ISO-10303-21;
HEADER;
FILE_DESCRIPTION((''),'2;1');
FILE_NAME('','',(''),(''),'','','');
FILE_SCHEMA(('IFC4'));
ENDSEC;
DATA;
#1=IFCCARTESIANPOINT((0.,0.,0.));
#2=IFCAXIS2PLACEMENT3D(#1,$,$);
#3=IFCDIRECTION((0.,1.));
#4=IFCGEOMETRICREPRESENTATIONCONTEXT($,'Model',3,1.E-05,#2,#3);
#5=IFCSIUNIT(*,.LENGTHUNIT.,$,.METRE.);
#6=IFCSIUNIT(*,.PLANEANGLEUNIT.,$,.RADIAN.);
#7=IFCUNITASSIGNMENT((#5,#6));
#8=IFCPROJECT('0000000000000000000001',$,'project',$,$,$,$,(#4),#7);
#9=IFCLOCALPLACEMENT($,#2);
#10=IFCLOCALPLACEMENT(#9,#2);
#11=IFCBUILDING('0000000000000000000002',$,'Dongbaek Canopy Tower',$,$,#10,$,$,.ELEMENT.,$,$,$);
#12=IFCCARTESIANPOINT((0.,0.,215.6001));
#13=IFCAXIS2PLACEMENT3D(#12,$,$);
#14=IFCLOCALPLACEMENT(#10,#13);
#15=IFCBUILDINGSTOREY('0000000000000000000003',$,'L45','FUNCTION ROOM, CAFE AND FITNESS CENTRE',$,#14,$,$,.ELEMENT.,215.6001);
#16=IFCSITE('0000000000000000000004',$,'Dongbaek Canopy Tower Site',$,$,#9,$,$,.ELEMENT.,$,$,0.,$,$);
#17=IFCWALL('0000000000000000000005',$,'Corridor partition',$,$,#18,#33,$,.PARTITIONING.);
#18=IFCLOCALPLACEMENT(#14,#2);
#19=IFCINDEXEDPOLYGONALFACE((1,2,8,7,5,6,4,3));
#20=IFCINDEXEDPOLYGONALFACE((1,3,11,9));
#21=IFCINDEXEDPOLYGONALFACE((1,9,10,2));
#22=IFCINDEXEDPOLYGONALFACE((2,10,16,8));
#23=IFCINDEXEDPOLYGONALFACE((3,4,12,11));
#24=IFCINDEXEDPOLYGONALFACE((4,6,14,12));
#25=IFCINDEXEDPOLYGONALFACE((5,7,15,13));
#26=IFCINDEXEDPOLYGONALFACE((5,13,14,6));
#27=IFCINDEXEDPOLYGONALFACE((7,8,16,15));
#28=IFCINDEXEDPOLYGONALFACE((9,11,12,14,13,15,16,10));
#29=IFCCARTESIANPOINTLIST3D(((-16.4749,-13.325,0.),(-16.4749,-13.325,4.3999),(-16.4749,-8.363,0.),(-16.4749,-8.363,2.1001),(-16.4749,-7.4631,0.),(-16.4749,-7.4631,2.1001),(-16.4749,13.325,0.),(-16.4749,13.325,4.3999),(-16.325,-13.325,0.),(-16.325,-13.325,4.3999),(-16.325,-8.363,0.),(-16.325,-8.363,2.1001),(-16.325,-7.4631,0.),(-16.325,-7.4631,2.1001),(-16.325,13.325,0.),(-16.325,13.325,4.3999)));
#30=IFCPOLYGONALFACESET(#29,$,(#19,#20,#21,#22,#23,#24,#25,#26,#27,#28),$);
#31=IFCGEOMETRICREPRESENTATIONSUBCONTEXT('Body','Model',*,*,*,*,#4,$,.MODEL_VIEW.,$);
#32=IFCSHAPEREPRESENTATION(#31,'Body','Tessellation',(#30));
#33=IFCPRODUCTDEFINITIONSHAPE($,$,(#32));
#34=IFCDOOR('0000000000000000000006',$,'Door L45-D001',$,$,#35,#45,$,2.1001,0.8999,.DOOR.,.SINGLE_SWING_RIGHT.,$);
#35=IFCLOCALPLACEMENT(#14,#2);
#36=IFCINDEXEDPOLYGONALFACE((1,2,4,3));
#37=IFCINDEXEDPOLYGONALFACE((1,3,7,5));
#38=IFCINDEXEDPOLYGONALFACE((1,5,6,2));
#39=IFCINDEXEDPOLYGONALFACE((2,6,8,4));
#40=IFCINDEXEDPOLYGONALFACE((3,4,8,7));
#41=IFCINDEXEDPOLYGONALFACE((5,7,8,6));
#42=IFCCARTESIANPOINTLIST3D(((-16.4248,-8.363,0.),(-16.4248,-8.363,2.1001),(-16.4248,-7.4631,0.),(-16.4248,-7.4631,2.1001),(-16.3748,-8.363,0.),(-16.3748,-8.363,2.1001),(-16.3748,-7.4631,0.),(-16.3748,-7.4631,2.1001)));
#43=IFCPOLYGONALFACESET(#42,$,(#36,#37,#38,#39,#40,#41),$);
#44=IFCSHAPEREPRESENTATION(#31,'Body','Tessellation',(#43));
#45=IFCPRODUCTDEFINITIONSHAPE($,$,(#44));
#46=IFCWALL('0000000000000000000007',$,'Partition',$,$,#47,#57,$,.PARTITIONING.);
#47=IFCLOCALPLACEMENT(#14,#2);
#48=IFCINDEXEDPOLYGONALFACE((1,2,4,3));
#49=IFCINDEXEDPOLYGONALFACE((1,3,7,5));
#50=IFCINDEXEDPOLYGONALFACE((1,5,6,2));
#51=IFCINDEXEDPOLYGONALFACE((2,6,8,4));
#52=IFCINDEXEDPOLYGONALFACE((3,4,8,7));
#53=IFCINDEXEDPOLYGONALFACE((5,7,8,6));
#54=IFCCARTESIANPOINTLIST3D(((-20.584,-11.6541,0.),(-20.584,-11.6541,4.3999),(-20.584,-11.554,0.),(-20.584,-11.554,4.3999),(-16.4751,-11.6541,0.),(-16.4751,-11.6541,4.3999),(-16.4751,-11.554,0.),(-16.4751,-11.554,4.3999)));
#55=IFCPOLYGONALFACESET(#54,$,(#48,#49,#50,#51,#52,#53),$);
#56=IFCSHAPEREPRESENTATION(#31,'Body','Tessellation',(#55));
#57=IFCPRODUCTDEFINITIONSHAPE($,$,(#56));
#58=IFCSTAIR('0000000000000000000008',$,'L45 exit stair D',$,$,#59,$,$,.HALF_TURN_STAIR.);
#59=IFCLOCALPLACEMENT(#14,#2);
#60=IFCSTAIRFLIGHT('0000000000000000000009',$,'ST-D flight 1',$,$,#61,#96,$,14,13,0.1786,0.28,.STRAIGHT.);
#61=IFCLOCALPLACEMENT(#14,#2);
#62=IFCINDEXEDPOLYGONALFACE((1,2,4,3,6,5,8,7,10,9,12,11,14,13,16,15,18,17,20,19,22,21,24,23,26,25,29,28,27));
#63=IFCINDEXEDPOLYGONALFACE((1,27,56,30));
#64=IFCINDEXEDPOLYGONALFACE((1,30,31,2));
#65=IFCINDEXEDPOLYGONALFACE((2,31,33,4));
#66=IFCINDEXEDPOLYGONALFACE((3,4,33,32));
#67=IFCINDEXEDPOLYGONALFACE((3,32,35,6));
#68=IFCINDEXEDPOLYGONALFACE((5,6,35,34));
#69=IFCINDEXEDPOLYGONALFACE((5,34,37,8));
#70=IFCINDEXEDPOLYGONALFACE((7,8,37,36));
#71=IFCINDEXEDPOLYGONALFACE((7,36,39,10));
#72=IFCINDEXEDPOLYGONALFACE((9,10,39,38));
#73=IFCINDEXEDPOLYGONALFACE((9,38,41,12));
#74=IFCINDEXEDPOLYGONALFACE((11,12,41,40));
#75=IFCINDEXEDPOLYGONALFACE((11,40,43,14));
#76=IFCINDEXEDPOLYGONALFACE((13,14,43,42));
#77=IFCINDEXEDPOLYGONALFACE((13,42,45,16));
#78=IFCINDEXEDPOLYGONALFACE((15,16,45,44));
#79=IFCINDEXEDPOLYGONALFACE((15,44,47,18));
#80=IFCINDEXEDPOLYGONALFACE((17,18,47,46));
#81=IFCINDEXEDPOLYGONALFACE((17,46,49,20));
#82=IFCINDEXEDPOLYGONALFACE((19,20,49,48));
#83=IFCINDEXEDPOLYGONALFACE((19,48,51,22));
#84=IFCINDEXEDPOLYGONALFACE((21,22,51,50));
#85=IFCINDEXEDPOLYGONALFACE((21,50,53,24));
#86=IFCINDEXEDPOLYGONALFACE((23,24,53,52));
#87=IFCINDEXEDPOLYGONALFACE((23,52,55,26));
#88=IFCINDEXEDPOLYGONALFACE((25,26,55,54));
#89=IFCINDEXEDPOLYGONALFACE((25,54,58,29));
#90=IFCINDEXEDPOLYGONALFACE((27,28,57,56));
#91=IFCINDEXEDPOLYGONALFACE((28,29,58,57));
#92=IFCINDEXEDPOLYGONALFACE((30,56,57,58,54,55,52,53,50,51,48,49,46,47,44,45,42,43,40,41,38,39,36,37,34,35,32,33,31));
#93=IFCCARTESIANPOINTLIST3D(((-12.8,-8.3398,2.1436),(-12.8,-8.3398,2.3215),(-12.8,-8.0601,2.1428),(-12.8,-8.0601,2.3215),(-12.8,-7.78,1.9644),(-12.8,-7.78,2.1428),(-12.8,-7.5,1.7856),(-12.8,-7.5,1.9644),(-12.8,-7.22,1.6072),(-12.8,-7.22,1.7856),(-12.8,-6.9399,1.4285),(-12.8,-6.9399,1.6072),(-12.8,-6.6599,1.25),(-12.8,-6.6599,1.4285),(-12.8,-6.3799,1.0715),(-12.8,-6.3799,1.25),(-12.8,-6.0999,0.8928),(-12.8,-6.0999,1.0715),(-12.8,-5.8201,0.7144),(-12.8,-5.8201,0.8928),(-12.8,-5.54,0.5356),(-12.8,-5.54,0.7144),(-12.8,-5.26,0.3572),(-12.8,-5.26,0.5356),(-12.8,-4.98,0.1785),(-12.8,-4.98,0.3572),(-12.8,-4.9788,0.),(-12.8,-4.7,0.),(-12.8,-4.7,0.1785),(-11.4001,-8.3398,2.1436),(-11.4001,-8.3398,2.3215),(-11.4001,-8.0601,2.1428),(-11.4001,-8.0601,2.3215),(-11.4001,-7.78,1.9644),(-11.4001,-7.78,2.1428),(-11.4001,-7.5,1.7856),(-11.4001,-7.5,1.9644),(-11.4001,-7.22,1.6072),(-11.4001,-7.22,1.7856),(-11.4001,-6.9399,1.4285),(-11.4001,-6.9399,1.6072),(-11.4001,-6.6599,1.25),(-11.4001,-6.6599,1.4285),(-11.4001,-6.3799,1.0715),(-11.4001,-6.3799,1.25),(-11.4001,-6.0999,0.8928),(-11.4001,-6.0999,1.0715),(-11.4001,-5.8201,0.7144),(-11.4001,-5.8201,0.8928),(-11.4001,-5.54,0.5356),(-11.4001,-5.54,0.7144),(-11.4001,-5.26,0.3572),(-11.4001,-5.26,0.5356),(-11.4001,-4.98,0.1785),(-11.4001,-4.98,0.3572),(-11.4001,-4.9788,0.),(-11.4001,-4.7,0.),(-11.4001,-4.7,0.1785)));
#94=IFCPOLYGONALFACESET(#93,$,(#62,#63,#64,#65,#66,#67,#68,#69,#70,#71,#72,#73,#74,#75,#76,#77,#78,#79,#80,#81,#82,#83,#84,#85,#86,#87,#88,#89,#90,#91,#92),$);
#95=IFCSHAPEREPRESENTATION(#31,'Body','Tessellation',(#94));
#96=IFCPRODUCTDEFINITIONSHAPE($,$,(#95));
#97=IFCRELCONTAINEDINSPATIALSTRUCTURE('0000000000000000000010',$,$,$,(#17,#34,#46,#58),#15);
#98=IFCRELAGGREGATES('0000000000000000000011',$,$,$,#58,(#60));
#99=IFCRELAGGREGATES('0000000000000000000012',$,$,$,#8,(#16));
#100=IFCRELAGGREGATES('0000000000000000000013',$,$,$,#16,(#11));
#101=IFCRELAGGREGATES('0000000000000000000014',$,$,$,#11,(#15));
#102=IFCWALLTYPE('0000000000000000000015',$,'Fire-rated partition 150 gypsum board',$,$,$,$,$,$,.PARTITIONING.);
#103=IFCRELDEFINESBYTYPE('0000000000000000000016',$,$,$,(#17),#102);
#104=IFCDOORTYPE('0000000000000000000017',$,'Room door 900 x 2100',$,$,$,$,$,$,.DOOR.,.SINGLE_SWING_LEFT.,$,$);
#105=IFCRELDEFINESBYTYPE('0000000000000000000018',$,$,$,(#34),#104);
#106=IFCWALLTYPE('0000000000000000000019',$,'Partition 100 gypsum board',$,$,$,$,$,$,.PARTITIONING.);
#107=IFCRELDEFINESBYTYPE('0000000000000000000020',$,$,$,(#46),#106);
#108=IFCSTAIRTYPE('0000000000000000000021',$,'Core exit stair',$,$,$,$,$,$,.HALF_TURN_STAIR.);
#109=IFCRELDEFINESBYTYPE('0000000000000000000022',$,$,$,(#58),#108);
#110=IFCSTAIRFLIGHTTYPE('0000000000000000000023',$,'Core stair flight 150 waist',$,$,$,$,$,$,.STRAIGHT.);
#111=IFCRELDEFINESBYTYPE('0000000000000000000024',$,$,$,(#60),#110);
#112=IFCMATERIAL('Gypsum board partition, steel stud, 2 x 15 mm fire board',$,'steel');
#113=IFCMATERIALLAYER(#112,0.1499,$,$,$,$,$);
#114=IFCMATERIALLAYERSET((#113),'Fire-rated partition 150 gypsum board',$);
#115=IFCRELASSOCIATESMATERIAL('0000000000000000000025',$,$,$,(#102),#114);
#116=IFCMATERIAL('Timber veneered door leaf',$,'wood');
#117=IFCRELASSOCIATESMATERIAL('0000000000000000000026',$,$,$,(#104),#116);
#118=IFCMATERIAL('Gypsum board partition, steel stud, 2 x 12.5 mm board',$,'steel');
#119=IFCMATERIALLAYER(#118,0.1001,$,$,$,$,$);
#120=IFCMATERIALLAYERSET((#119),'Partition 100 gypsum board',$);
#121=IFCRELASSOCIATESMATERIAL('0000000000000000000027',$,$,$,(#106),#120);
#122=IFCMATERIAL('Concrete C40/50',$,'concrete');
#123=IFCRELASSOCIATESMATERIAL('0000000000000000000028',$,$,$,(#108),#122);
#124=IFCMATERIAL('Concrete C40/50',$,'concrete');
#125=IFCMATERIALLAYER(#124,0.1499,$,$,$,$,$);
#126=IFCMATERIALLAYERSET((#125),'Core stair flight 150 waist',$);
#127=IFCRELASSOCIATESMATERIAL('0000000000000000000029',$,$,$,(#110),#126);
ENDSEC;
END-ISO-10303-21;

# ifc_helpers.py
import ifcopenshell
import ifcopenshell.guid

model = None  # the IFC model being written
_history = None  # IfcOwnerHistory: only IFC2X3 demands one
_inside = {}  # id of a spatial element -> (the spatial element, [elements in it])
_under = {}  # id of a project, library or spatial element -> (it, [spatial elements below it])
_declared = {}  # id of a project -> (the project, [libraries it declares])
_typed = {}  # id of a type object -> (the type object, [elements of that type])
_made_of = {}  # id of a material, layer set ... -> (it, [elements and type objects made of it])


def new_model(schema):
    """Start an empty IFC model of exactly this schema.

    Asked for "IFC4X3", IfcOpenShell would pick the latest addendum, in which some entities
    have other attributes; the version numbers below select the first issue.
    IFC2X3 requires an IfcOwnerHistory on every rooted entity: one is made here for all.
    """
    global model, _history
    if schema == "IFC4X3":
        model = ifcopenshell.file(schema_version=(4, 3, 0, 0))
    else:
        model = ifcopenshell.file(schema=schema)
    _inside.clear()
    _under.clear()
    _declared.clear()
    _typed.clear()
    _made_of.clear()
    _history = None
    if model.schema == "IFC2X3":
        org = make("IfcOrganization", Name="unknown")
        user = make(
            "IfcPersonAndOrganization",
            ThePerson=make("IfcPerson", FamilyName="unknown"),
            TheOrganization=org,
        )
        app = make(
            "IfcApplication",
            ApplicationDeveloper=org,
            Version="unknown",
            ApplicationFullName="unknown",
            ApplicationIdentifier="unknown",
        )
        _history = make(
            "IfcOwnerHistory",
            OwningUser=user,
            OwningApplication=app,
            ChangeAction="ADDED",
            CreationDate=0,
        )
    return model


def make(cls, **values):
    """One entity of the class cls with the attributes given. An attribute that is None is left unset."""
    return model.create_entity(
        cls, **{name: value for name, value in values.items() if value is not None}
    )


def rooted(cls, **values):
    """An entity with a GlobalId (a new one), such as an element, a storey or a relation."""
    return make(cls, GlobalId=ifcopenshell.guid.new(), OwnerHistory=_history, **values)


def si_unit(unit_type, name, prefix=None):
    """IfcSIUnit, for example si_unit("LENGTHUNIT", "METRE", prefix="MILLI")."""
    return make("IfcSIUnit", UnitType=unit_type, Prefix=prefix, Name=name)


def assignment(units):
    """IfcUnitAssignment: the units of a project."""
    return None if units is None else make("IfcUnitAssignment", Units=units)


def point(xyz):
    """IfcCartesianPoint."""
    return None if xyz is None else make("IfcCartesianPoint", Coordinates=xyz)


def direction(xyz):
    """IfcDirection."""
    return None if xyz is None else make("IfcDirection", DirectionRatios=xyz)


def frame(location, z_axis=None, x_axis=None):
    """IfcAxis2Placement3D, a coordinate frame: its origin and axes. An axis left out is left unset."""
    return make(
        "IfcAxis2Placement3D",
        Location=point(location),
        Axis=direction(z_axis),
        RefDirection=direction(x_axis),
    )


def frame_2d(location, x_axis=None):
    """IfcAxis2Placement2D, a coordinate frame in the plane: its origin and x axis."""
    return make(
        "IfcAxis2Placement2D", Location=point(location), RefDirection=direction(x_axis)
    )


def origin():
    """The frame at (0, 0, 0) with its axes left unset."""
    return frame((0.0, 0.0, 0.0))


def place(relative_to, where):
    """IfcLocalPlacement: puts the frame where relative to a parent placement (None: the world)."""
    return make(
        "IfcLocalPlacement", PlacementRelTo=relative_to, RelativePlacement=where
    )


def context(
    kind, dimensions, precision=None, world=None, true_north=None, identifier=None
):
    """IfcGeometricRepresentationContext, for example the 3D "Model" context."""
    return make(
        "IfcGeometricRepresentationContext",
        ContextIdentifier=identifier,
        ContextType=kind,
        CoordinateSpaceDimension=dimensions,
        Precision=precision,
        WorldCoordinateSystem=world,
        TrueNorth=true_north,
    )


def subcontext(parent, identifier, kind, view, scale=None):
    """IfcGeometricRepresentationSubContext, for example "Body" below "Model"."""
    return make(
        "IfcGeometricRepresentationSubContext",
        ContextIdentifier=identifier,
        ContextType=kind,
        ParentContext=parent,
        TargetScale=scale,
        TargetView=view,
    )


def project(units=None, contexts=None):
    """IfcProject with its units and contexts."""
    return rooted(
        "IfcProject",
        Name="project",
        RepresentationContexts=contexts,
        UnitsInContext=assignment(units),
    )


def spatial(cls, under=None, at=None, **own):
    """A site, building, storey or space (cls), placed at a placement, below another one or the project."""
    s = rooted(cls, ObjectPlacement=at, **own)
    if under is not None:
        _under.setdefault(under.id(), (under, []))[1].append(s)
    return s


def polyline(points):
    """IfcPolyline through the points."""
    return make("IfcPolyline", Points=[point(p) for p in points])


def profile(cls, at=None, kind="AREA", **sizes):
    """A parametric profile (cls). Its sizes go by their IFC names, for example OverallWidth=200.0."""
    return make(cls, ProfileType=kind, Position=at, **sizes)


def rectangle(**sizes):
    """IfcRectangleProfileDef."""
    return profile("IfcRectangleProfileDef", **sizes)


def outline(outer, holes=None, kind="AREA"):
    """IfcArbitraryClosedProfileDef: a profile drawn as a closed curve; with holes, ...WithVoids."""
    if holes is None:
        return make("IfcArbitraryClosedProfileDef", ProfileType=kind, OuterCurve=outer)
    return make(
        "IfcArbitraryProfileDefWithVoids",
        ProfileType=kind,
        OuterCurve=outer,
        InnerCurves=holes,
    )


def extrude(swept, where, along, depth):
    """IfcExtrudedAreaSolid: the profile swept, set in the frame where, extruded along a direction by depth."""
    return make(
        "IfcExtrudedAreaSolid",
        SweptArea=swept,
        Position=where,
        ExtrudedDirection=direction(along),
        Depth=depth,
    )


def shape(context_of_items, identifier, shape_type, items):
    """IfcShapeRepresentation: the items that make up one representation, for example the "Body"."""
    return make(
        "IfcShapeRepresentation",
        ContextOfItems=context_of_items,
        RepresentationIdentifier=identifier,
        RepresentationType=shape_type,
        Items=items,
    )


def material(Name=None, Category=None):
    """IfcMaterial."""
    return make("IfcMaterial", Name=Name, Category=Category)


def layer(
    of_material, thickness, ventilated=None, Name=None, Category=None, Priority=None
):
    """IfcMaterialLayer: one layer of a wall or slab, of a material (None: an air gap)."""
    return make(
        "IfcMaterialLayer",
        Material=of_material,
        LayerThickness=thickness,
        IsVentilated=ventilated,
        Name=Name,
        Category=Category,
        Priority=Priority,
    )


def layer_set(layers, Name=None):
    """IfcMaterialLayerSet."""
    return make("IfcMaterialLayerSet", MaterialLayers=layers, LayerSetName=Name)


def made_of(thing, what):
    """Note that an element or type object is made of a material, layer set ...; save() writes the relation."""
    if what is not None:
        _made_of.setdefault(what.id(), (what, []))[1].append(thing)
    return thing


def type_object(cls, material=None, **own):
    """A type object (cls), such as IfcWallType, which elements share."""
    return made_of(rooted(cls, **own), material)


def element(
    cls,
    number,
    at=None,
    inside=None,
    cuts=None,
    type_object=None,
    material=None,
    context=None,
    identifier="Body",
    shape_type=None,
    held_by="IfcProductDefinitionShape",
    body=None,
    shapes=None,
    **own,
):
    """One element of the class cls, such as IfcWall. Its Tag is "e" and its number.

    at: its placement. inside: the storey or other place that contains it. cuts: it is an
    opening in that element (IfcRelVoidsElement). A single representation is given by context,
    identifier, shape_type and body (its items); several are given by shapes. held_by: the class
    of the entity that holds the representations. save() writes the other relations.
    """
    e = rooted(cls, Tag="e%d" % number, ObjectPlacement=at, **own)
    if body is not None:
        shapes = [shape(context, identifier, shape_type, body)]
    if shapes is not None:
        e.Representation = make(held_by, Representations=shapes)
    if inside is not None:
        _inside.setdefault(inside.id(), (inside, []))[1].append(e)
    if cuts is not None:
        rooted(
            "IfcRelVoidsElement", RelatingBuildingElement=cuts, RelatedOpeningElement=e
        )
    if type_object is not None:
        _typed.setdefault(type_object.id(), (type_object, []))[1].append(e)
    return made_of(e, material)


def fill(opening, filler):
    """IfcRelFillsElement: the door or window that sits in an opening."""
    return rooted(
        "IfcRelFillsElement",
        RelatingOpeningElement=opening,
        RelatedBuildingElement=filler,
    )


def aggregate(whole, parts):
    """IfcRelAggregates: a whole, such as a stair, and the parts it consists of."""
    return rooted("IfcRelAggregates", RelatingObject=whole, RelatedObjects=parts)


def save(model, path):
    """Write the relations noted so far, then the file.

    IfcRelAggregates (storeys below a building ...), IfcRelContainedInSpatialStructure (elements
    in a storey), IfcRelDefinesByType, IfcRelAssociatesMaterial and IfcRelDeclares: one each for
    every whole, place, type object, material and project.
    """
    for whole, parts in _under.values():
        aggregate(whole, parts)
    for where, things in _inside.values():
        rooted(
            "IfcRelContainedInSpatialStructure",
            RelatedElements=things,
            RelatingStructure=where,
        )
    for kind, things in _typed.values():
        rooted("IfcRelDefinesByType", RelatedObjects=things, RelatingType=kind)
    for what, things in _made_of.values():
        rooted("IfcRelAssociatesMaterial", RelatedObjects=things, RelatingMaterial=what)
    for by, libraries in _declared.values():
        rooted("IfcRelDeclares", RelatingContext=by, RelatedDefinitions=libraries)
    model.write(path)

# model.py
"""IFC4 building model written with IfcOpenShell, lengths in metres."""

from ifc_helpers import new_model, si_unit, direction, frame, frame_2d, origin, place, context, subcontext, project, spatial, polyline, rectangle, outline, extrude, material, layer, layer_set, type_object, element, fill, aggregate, save


model = new_model("IFC4")

# Units and contexts
model_context = context("Model", 3, precision=1e-05, world=origin(), true_north=direction((0.0, 1.0)))
body_context = subcontext(model_context, "Body", "Model", "MODEL_VIEW")
ifc_project = project(units=[si_unit("LENGTHUNIT", "METRE"), si_unit("PLANEANGLEUNIT", "RADIAN")], contexts=[model_context])

# Site, building, storey
site_placement = place(None, origin())
site = spatial("IfcSite", under=ifc_project, at=site_placement, Name="Dongbaek Canopy Tower Site", CompositionType="ELEMENT", RefElevation=0.0)
building_placement = place(site_placement, origin())
building = spatial("IfcBuilding", under=site, at=building_placement, Name="Dongbaek Canopy Tower", CompositionType="ELEMENT")
storey_placement = place(building_placement, frame((0.0, 0.0, 215.6001)))
storey = spatial("IfcBuildingStorey", under=building, at=storey_placement, Name="L45", Description="FUNCTION ROOM, CAFE AND FITNESS CENTRE", CompositionType="ELEMENT", Elevation=215.6001)

# Wall, opening, door
ifc_material_1 = material(Name="Gypsum board partition, steel stud, 2 x 15 mm fire board", Category="steel")
ifc_layer_1 = layer(ifc_material_1, 0.1499)
ifc_layer_set_1 = layer_set([ifc_layer_1], Name="Fire-rated partition 150 gypsum board")
wall_type_1 = type_object("IfcWallType", Name="Fire-rated partition 150 gypsum board", PredefinedType="PARTITIONING", material=ifc_layer_set_1)
wall_1_placement = place(storey_placement, frame((-16.3999, -13.325, 0.0), z_axis=(0.0, 0.0, 1.0), x_axis=(0.0, 1.0, 0.0)))
wall_1 = element("IfcWall", 1, at=wall_1_placement, inside=storey, type_object=wall_type_1, Name="Corridor partition", PredefinedType="PARTITIONING", context=body_context, shape_type="SweptSolid", body=[
    extrude(rectangle(XDim=26.6499, YDim=0.1499, at=frame_2d((13.325, 0.0))), origin(), (0.0, 0.0, 1.0), 4.3999),
])
opening_placement = place(wall_1_placement, frame((4.9619, 0.0, 0.0)))
opening = element("IfcOpeningElement", 2, at=opening_placement, cuts=wall_1, PredefinedType="OPENING", context=body_context, shape_type="SweptSolid", body=[
    extrude(rectangle(XDim=0.8999, YDim=2.1001, at=frame_2d((0.45, 1.05))), frame((0.0, 0.085, 0.0), z_axis=(0.0, -1.0, 0.0), x_axis=(1.0, 0.0, 0.0)), (0.0, 0.0, 1.0), 0.1699),
])
ifc_material_2 = material(Name="Timber veneered door leaf", Category="wood")
door_type = type_object("IfcDoorType", Name="Room door 900 x 2100", OperationType="SINGLE_SWING_LEFT", PredefinedType="DOOR", material=ifc_material_2)
door_placement = place(opening_placement, origin())
door = element("IfcDoor", 3, at=door_placement, inside=storey, type_object=door_type, Name="Door L45-D001", OperationType="SINGLE_SWING_RIGHT", OverallHeight=2.1001, OverallWidth=0.8999, PredefinedType="DOOR", context=body_context, shape_type="SweptSolid", body=[
    extrude(rectangle(XDim=0.8999, YDim=2.1001, at=frame_2d((0.45, 1.05))), frame((0.0, 0.0249, 0.0), z_axis=(0.0, -1.0, 0.0), x_axis=(1.0, 0.0, 0.0)), (0.0, 0.0, 1.0), 0.05),
])
fill(opening, door)

# Wall
ifc_material_3 = material(Name="Gypsum board partition, steel stud, 2 x 12.5 mm board", Category="steel")
ifc_layer_2 = layer(ifc_material_3, 0.1001)
ifc_layer_set_2 = layer_set([ifc_layer_2], Name="Partition 100 gypsum board")
wall_type_2 = type_object("IfcWallType", Name="Partition 100 gypsum board", PredefinedType="PARTITIONING", material=ifc_layer_set_2)
wall_2_placement = place(storey_placement, frame((-20.584, -11.604, 0.0), z_axis=(0.0, 0.0, 1.0), x_axis=(1.0, 0.0, 0.0)))
element("IfcWall", 4, at=wall_2_placement, inside=storey, type_object=wall_type_2, Name="Partition", PredefinedType="PARTITIONING", context=body_context, shape_type="SweptSolid", body=[
    extrude(rectangle(XDim=4.1089, YDim=0.1001, at=frame_2d((2.0544, 0.0))), origin(), (0.0, 0.0, 1.0), 4.3999),
])

# Stair, stair flight
ifc_material_4 = material(Name="Concrete C40/50", Category="concrete")
stair_type = type_object("IfcStairType", Name="Core exit stair", PredefinedType="HALF_TURN_STAIR", material=ifc_material_4)
stair_placement = place(storey_placement, origin())
stair = element("IfcStair", 5, at=stair_placement, inside=storey, type_object=stair_type, Name="L45 exit stair D", PredefinedType="HALF_TURN_STAIR")
ifc_material_5 = material(Name="Concrete C40/50", Category="concrete")
ifc_layer_3 = layer(ifc_material_5, 0.1499)
ifc_layer_set_3 = layer_set([ifc_layer_3], Name="Core stair flight 150 waist")
stair_flight_type = type_object("IfcStairFlightType", Name="Core stair flight 150 waist", PredefinedType="STRAIGHT", material=ifc_layer_set_3)
stair_flight_placement = place(storey_placement, frame((-12.1001, -4.7, 0.0), z_axis=(0.0, 0.0, 1.0), x_axis=(0.0, -1.0, 0.0)))
stair_flight = element("IfcStairFlight", 6, at=stair_flight_placement, type_object=stair_flight_type, Name="ST-D flight 1", NumberOfRisers=14, NumberOfTreads=13, PredefinedType="STRAIGHT", RiserHeight=0.1786, TreadLength=0.28, context=body_context, shape_type="SweptSolid", body=[
    extrude(outline(polyline([(0.0, 0.0), (0.0, 0.1785), (0.28, 0.1785), (0.28, 0.3572), (0.5601, 0.3572), (0.5601, 0.5356), (0.8401, 0.5356), (0.8401, 0.7144), (1.1201, 0.7144), (1.1201, 0.8928), (1.3999, 0.8928), (1.3999, 1.0715), (1.6799, 1.0715), (1.6799, 1.25), (1.96, 1.25), (1.96, 1.4285), (2.24, 1.4285), (2.24, 1.6072), (2.52, 1.6072), (2.52, 1.7856), (2.8, 1.7856), (2.8, 1.9644), (3.0801, 1.9644), (3.0801, 2.1428), (3.3601, 2.1428), (3.3601, 2.3215), (3.6399, 2.3215), (3.6399, 2.5), (3.6399, 2.1436), (0.2788, 0.0), (0.0, 0.0)])), frame((0.0, 0.7, 0.0), z_axis=(0.0, -1.0, 0.0), x_axis=(1.0, 0.0, 0.0)), (0.0, 0.0, 1.0), 1.3999),
])
aggregate(stair, [stair_flight])

save(model, "model.ifc")
